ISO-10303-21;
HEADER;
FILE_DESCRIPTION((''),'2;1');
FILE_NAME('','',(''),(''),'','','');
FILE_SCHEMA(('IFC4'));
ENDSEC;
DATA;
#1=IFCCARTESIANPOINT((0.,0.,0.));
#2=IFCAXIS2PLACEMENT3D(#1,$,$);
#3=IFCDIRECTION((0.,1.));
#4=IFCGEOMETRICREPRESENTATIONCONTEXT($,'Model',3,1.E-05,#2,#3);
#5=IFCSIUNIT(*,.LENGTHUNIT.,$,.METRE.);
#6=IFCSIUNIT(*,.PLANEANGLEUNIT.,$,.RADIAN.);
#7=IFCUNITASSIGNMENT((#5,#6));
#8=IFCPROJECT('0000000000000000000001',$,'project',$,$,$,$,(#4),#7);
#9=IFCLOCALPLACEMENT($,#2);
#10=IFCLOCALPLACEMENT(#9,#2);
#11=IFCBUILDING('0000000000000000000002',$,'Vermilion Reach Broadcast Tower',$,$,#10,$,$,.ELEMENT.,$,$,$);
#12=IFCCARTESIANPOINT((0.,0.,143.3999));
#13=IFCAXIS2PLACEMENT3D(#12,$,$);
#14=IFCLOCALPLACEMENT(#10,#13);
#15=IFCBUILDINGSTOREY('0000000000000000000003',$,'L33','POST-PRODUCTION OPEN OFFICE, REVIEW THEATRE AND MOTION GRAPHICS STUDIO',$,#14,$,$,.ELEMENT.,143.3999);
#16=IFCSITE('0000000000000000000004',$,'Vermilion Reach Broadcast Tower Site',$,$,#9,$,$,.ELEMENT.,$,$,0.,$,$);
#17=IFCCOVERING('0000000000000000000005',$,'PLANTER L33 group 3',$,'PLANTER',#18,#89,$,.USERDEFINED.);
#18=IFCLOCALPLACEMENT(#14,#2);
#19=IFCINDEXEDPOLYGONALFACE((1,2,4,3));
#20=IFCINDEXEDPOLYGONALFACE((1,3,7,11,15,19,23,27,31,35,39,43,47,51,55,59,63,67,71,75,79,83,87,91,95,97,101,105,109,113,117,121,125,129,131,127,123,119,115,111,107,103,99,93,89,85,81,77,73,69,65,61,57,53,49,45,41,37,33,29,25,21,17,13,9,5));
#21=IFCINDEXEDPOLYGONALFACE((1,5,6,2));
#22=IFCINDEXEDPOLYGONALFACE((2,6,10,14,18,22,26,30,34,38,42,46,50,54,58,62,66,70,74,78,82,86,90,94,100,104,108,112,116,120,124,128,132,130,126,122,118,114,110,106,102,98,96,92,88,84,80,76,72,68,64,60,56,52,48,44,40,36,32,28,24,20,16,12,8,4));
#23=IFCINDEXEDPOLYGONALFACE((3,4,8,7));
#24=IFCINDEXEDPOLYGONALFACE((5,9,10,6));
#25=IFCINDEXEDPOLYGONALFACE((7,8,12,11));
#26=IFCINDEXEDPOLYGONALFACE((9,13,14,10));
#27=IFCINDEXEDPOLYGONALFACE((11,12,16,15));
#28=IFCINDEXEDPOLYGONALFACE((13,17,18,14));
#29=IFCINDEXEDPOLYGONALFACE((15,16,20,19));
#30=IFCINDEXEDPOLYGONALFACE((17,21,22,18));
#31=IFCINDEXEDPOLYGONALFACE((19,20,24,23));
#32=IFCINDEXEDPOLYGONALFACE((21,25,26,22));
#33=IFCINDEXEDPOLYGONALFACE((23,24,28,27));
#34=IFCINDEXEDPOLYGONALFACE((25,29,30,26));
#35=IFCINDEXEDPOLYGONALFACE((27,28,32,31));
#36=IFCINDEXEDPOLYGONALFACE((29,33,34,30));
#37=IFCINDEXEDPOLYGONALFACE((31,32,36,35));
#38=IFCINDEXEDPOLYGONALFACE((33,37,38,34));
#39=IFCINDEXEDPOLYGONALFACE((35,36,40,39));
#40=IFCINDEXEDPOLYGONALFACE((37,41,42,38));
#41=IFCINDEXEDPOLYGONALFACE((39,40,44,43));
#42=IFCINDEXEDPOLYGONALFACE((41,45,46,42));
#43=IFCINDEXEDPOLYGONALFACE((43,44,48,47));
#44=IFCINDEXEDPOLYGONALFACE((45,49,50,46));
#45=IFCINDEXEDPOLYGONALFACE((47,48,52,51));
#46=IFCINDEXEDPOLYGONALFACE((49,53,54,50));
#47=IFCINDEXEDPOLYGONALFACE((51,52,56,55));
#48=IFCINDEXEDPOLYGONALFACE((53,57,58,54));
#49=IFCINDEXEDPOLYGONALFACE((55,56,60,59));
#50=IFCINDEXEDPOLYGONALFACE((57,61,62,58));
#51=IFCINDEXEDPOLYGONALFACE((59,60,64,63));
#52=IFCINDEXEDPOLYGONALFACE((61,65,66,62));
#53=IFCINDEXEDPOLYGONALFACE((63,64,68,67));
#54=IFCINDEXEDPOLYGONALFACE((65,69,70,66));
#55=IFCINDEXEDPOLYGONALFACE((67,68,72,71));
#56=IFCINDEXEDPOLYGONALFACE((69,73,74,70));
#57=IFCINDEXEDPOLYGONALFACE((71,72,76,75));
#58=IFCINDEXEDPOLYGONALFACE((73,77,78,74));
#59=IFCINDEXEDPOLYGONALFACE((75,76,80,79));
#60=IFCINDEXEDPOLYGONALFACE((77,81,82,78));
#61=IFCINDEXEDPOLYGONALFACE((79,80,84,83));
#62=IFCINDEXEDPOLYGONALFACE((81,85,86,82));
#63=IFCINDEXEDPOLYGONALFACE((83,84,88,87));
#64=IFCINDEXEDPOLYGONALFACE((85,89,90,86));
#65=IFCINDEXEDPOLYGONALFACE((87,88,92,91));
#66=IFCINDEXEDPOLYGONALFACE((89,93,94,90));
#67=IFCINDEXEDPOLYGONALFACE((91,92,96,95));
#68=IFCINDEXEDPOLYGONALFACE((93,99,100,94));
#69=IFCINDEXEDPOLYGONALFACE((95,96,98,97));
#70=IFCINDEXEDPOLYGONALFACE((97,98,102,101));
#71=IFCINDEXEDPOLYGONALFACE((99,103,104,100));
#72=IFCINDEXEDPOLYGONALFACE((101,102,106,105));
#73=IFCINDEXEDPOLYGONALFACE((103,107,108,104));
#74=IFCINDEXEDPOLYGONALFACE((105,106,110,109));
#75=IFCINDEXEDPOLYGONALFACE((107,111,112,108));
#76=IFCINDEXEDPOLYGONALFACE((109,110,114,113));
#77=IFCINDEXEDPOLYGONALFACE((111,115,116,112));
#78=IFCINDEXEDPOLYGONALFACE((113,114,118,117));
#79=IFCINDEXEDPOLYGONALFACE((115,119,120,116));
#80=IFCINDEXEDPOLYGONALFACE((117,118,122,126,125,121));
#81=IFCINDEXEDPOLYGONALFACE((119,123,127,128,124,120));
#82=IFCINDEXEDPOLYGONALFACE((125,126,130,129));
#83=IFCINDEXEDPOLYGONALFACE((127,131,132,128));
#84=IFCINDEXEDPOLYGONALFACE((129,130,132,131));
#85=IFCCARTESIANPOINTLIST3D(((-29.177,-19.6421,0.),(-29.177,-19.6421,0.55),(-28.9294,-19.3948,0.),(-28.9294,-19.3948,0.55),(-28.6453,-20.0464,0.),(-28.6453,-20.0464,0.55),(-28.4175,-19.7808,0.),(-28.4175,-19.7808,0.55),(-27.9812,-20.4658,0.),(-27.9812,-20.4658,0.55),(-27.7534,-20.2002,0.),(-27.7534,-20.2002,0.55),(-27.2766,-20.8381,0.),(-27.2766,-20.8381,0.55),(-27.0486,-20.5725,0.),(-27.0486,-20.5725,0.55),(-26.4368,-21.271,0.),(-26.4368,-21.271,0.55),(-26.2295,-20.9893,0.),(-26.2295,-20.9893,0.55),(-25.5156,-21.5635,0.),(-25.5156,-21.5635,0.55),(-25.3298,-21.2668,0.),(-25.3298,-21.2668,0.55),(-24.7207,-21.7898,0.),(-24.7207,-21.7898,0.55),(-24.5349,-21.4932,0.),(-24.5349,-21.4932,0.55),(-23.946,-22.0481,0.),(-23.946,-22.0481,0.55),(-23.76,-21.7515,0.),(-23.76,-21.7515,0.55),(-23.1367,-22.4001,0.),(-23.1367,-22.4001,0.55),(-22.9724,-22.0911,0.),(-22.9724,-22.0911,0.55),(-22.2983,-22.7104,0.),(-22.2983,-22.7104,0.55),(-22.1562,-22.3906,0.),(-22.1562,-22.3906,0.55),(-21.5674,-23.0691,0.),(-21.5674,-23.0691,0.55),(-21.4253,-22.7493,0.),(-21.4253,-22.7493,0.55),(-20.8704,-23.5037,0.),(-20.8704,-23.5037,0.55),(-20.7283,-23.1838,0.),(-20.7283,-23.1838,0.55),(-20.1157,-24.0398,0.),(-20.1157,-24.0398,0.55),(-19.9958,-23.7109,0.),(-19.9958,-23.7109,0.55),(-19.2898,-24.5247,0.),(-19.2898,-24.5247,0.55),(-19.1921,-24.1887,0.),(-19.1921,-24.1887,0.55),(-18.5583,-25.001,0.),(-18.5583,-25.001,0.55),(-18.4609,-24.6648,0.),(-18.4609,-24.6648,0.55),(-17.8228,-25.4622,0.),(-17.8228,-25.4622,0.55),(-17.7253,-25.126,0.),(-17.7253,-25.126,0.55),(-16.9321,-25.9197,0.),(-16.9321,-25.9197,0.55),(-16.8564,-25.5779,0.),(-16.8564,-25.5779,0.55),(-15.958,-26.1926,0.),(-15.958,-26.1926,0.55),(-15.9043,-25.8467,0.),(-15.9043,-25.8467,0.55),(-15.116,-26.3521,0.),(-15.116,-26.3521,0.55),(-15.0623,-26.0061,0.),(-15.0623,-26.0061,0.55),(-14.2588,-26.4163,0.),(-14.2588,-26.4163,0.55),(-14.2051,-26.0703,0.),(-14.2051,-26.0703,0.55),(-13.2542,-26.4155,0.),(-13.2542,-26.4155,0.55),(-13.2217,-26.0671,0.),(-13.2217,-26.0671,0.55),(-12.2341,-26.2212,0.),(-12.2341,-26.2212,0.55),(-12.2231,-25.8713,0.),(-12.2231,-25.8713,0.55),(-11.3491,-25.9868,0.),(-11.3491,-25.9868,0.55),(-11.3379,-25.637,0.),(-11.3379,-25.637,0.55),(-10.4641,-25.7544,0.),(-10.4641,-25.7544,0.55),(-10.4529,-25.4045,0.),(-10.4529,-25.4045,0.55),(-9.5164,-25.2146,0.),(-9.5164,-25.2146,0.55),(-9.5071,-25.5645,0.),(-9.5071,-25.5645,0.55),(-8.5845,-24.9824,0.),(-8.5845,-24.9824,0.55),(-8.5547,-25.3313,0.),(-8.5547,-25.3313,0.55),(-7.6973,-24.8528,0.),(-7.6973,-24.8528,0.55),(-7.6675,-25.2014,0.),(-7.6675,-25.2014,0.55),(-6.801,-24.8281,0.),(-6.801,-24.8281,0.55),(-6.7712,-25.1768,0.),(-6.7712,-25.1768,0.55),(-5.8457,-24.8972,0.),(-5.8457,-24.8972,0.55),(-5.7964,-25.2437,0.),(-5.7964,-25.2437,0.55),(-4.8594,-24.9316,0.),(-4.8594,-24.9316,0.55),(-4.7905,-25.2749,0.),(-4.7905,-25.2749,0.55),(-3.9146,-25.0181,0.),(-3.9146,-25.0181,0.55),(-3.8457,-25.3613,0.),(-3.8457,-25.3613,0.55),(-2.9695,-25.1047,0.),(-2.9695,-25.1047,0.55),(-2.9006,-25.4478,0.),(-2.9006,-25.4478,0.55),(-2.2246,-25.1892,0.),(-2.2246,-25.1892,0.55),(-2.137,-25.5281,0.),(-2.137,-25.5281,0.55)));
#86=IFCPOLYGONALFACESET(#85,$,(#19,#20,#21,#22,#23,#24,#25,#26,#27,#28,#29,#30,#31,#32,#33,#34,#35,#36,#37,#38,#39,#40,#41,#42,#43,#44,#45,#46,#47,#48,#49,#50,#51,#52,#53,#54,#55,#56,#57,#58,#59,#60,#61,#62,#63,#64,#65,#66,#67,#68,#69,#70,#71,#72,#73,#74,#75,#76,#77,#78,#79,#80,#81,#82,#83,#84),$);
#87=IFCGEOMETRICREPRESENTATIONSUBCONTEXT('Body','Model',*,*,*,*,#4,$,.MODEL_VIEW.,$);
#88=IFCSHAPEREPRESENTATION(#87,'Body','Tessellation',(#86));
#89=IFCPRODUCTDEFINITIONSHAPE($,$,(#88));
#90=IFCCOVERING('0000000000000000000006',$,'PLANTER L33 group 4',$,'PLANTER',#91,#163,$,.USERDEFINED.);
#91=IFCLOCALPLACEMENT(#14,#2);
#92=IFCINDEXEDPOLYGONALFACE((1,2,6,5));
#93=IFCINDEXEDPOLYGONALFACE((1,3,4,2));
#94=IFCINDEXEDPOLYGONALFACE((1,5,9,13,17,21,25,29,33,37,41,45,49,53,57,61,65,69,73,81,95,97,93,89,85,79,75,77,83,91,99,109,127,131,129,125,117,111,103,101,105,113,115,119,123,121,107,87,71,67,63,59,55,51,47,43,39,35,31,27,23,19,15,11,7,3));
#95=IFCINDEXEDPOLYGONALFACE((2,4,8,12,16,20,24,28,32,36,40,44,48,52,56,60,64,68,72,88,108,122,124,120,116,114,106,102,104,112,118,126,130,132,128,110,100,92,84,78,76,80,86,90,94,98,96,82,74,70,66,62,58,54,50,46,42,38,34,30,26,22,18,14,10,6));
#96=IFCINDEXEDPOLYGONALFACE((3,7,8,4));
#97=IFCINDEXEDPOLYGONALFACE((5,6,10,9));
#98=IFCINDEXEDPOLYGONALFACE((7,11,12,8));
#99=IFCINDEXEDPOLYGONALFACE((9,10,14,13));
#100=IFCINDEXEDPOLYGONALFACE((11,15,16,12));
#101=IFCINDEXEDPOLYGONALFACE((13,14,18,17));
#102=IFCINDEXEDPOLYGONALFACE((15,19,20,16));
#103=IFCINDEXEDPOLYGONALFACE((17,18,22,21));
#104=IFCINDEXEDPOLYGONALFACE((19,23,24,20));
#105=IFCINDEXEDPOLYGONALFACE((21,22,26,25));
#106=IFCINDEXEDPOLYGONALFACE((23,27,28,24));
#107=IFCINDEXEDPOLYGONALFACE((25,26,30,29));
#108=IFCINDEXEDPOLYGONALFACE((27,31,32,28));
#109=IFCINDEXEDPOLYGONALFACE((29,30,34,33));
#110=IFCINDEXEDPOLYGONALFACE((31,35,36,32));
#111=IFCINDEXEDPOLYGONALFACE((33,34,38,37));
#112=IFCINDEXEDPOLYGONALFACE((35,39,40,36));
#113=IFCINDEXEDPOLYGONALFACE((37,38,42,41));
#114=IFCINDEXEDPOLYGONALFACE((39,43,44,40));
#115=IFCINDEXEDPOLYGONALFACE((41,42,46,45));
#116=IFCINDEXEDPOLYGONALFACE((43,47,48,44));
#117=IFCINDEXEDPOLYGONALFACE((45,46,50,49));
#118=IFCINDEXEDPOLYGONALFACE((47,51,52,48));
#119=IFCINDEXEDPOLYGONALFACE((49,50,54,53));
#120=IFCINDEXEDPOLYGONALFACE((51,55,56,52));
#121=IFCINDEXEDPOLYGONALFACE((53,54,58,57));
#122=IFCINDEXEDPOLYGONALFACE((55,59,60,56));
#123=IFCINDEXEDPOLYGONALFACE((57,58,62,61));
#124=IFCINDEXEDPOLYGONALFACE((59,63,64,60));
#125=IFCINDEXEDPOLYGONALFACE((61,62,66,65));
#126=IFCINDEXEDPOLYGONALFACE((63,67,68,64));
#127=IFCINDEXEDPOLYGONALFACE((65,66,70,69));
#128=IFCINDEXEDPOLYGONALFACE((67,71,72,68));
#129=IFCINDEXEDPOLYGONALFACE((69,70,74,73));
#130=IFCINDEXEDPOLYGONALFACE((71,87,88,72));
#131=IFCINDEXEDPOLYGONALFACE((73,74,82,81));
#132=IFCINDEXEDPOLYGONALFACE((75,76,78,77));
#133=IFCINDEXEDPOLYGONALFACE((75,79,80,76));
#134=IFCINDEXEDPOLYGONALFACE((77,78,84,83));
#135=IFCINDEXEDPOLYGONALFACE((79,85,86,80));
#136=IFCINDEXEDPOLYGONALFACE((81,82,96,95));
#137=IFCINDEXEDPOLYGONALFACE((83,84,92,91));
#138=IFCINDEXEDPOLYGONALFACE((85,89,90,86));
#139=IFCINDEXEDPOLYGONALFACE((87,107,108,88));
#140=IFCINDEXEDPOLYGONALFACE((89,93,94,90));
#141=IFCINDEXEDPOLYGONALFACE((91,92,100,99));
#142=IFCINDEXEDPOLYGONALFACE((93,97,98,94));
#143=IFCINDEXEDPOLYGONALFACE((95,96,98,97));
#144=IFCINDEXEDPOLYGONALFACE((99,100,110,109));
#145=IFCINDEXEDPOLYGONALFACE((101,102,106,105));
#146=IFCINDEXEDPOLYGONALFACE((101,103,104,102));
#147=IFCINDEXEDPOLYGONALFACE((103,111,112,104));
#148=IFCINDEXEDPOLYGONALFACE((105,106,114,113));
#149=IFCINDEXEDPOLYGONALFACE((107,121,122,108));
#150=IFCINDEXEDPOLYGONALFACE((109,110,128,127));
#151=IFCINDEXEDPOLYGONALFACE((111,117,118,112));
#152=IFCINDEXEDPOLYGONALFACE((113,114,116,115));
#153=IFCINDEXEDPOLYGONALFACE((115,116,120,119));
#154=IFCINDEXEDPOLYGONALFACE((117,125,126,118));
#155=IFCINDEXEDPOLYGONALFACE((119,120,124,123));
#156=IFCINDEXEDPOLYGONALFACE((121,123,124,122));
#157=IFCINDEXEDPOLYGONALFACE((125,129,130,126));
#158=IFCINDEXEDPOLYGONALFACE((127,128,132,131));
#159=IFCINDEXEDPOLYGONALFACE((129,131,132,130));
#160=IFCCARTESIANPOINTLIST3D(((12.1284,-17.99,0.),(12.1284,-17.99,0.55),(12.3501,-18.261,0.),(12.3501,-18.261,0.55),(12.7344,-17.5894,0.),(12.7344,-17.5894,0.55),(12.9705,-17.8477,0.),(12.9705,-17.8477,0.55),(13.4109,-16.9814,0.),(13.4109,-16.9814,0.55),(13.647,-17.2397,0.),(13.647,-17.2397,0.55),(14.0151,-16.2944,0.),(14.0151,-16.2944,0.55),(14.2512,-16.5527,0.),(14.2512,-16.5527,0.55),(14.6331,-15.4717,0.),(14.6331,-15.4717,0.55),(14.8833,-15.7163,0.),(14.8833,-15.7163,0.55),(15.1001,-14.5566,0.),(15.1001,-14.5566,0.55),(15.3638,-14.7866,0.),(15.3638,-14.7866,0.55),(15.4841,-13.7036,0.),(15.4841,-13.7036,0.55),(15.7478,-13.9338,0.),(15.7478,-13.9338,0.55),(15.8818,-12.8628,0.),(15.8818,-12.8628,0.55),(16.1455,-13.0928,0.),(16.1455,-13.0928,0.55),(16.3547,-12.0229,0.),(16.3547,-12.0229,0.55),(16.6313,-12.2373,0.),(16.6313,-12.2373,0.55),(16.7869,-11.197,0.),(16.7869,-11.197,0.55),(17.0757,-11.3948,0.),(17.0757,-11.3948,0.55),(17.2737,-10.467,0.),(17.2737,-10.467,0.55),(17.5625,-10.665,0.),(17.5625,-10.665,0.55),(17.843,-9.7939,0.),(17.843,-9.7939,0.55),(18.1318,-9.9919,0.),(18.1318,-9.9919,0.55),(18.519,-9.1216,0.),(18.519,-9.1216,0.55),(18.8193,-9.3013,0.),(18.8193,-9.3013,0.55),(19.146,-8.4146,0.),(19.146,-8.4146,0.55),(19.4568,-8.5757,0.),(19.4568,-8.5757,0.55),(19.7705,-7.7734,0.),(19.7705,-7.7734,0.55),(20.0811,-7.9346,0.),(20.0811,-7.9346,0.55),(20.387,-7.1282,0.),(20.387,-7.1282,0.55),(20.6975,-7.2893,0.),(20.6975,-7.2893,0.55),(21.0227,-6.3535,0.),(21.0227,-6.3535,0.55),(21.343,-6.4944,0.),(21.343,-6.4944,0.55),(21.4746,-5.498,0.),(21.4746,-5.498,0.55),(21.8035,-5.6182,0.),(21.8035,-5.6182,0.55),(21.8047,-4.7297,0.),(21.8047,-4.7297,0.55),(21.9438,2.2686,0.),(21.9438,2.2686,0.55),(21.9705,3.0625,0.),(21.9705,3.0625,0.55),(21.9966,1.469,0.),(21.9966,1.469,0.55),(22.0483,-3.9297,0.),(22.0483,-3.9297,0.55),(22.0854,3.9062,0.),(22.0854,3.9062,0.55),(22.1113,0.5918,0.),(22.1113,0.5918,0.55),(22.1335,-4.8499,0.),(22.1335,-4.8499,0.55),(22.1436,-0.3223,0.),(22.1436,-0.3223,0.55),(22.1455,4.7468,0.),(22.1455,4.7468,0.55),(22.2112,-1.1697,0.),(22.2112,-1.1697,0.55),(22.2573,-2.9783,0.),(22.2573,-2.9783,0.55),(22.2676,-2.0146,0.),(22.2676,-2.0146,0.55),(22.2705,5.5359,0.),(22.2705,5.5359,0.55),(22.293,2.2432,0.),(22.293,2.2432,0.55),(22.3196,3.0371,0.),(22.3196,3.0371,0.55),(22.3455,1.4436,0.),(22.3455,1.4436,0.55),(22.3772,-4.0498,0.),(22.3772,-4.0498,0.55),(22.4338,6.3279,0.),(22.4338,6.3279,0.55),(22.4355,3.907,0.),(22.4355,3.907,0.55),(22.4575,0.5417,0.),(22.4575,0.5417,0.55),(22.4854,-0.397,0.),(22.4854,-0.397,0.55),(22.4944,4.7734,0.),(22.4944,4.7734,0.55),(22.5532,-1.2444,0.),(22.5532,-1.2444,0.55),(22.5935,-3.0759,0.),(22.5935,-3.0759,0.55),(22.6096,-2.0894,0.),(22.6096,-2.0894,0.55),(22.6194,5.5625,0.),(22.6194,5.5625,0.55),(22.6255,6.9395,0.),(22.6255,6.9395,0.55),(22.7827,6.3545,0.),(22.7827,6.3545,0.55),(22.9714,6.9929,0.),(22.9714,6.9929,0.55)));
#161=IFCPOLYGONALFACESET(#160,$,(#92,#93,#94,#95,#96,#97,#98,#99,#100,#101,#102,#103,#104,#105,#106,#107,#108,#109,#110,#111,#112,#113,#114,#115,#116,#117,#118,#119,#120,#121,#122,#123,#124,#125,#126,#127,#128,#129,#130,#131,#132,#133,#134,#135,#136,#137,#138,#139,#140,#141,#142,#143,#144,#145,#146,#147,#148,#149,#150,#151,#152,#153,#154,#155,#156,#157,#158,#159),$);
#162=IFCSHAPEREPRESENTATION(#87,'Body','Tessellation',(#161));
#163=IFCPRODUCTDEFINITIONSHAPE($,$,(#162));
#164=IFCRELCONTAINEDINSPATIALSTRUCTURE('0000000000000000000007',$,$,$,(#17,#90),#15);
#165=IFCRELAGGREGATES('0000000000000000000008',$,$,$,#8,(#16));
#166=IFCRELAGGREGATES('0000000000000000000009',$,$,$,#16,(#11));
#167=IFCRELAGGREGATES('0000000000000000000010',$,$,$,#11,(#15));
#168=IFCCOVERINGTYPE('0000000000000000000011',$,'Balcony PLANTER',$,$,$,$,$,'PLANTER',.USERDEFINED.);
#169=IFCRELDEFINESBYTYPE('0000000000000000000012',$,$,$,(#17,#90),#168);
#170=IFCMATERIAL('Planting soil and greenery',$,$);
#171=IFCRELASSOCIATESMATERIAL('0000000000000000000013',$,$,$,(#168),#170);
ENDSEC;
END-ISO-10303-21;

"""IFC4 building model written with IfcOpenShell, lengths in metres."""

from ifc_helpers import new_model, si_unit, direction, frame, origin, place, context, subcontext, project, spatial, polyline, outline, extrude, material, type_object, element, save


model = new_model("IFC4")

# Units and contexts
model_context = context("Model", 3, precision=1e-05, world=origin(), true_north=direction((0.0, 1.0)))
body_context = subcontext(model_context, "Body", "Model", "MODEL_VIEW")
ifc_project = project(units=[si_unit("LENGTHUNIT", "METRE"), si_unit("PLANEANGLEUNIT", "RADIAN")], contexts=[model_context])

# Site, building, storey
site_placement = place(None, origin())
site = spatial("IfcSite", under=ifc_project, at=site_placement, Name="Vermilion Reach Broadcast Tower Site", CompositionType="ELEMENT", RefElevation=0.0)
building_placement = place(site_placement, origin())
building = spatial("IfcBuilding", under=site, at=building_placement, Name="Vermilion Reach Broadcast Tower", CompositionType="ELEMENT")
storey_placement = place(building_placement, frame((0.0, 0.0, 143.3999)))
storey = spatial("IfcBuildingStorey", under=building, at=storey_placement, Name="L33", Description="POST-PRODUCTION OPEN OFFICE, REVIEW THEATRE AND MOTION GRAPHICS STUDIO", CompositionType="ELEMENT", Elevation=143.3999)

# Shared definitions
placement_1 = place(storey_placement, origin())

# Coverings
ifc_material_1 = material(Name="Planting soil and greenery")
covering_type = type_object("IfcCoveringType", Name="Balcony PLANTER", ElementType="PLANTER", PredefinedType="USERDEFINED", material=ifc_material_1)
element("IfcCovering", 1, at=placement_1, inside=storey, type_object=covering_type, Name="PLANTER L33 group 3", ObjectType="PLANTER", PredefinedType="USERDEFINED", context=body_context, shape_type="SweptSolid", body=[
    extrude(outline(polyline([(-29.177, -19.6421), (-28.6453, -20.0464), (-27.9812, -20.4658), (-27.2766, -20.8381), (-26.4368, -21.271), (-25.5156, -21.5635), (-24.7207, -21.7898), (-23.946, -22.0481), (-23.1367, -22.4001), (-22.2983, -22.7104), (-21.5674, -23.0691), (-20.8704, -23.5037), (-20.1157, -24.0398), (-19.2898, -24.5247), (-18.5583, -25.001), (-17.8228, -25.4622), (-16.9321, -25.9197), (-15.958, -26.1926), (-15.116, -26.3521), (-14.2588, -26.4163), (-13.2542, -26.4155), (-12.2341, -26.2212), (-11.3491, -25.9868), (-10.4641, -25.7544), (-9.5071, -25.5645), (-8.5547, -25.3313), (-7.6675, -25.2014), (-6.7712, -25.1768), (-5.7964, -25.2437), (-4.7905, -25.2749), (-3.8457, -25.3613), (-2.9006, -25.4478), (-2.137, -25.5281), (-2.2246, -25.1892), (-2.9695, -25.1047), (-3.9146, -25.0181), (-4.8594, -24.9316), (-5.8457, -24.8972), (-6.801, -24.8281), (-7.6973, -24.8528), (-8.5845, -24.9824), (-9.5164, -25.2146), (-10.4529, -25.4045), (-11.3379, -25.637), (-12.2231, -25.8713), (-13.2217, -26.0671), (-14.2051, -26.0703), (-15.0623, -26.0061), (-15.9043, -25.8467), (-16.8564, -25.5779), (-17.7253, -25.126), (-18.4609, -24.6648), (-19.1921, -24.1887), (-19.9958, -23.7109), (-20.7283, -23.1838), (-21.4253, -22.7493), (-22.1562, -22.3906), (-22.9724, -22.0911), (-23.76, -21.7515), (-24.5349, -21.4932), (-25.3298, -21.2668), (-26.2295, -20.9893), (-27.0486, -20.5725), (-27.7534, -20.2002), (-28.4175, -19.7808), (-28.9294, -19.3948), (-29.177, -19.6421)])), origin(), (0.0, 0.0, 1.0), 0.55),
])
element("IfcCovering", 2, at=placement_1, inside=storey, type_object=covering_type, Name="PLANTER L33 group 4", ObjectType="PLANTER", PredefinedType="USERDEFINED", context=body_context, shape_type="SweptSolid", body=[
    extrude(outline(polyline([(12.3501, -18.261), (12.9705, -17.8477), (13.647, -17.2397), (14.2512, -16.5527), (14.8833, -15.7163), (15.3638, -14.7866), (15.7478, -13.9338), (16.1455, -13.0928), (16.6313, -12.2373), (17.0757, -11.3948), (17.5625, -10.665), (18.1318, -9.9919), (18.8193, -9.3013), (19.4568, -8.5757), (20.0811, -7.9346), (20.6975, -7.2893), (21.343, -6.4944), (21.8035, -5.6182), (22.1335, -4.8499), (22.3772, -4.0498), (22.5935, -3.0759), (22.6096, -2.0894), (22.5532, -1.2444), (22.4854, -0.397), (22.4575, 0.5417), (22.3455, 1.4436), (22.293, 2.2432), (22.3196, 3.0371), (22.4355, 3.907), (22.4944, 4.7734), (22.6194, 5.5625), (22.7827, 6.3545), (22.9714, 6.9929), (22.6255, 6.9395), (22.4338, 6.3279), (22.2705, 5.5359), (22.1455, 4.7468), (22.0854, 3.9062), (21.9705, 3.0625), (21.9438, 2.2686), (21.9966, 1.469), (22.1113, 0.5918), (22.1436, -0.3223), (22.2112, -1.1697), (22.2676, -2.0146), (22.2573, -2.9783), (22.0483, -3.9297), (21.8047, -4.7297), (21.4746, -5.498), (21.0227, -6.3535), (20.387, -7.1282), (19.7705, -7.7734), (19.146, -8.4146), (18.519, -9.1216), (17.843, -9.7939), (17.2737, -10.467), (16.7869, -11.197), (16.3547, -12.0229), (15.8818, -12.8628), (15.4841, -13.7036), (15.1001, -14.5566), (14.6331, -15.4717), (14.0151, -16.2944), (13.4109, -16.9814), (12.7344, -17.5894), (12.1284, -17.99), (12.3501, -18.261)])), origin(), (0.0, 0.0, 1.0), 0.55),
])

save(model, "model.ifc")
